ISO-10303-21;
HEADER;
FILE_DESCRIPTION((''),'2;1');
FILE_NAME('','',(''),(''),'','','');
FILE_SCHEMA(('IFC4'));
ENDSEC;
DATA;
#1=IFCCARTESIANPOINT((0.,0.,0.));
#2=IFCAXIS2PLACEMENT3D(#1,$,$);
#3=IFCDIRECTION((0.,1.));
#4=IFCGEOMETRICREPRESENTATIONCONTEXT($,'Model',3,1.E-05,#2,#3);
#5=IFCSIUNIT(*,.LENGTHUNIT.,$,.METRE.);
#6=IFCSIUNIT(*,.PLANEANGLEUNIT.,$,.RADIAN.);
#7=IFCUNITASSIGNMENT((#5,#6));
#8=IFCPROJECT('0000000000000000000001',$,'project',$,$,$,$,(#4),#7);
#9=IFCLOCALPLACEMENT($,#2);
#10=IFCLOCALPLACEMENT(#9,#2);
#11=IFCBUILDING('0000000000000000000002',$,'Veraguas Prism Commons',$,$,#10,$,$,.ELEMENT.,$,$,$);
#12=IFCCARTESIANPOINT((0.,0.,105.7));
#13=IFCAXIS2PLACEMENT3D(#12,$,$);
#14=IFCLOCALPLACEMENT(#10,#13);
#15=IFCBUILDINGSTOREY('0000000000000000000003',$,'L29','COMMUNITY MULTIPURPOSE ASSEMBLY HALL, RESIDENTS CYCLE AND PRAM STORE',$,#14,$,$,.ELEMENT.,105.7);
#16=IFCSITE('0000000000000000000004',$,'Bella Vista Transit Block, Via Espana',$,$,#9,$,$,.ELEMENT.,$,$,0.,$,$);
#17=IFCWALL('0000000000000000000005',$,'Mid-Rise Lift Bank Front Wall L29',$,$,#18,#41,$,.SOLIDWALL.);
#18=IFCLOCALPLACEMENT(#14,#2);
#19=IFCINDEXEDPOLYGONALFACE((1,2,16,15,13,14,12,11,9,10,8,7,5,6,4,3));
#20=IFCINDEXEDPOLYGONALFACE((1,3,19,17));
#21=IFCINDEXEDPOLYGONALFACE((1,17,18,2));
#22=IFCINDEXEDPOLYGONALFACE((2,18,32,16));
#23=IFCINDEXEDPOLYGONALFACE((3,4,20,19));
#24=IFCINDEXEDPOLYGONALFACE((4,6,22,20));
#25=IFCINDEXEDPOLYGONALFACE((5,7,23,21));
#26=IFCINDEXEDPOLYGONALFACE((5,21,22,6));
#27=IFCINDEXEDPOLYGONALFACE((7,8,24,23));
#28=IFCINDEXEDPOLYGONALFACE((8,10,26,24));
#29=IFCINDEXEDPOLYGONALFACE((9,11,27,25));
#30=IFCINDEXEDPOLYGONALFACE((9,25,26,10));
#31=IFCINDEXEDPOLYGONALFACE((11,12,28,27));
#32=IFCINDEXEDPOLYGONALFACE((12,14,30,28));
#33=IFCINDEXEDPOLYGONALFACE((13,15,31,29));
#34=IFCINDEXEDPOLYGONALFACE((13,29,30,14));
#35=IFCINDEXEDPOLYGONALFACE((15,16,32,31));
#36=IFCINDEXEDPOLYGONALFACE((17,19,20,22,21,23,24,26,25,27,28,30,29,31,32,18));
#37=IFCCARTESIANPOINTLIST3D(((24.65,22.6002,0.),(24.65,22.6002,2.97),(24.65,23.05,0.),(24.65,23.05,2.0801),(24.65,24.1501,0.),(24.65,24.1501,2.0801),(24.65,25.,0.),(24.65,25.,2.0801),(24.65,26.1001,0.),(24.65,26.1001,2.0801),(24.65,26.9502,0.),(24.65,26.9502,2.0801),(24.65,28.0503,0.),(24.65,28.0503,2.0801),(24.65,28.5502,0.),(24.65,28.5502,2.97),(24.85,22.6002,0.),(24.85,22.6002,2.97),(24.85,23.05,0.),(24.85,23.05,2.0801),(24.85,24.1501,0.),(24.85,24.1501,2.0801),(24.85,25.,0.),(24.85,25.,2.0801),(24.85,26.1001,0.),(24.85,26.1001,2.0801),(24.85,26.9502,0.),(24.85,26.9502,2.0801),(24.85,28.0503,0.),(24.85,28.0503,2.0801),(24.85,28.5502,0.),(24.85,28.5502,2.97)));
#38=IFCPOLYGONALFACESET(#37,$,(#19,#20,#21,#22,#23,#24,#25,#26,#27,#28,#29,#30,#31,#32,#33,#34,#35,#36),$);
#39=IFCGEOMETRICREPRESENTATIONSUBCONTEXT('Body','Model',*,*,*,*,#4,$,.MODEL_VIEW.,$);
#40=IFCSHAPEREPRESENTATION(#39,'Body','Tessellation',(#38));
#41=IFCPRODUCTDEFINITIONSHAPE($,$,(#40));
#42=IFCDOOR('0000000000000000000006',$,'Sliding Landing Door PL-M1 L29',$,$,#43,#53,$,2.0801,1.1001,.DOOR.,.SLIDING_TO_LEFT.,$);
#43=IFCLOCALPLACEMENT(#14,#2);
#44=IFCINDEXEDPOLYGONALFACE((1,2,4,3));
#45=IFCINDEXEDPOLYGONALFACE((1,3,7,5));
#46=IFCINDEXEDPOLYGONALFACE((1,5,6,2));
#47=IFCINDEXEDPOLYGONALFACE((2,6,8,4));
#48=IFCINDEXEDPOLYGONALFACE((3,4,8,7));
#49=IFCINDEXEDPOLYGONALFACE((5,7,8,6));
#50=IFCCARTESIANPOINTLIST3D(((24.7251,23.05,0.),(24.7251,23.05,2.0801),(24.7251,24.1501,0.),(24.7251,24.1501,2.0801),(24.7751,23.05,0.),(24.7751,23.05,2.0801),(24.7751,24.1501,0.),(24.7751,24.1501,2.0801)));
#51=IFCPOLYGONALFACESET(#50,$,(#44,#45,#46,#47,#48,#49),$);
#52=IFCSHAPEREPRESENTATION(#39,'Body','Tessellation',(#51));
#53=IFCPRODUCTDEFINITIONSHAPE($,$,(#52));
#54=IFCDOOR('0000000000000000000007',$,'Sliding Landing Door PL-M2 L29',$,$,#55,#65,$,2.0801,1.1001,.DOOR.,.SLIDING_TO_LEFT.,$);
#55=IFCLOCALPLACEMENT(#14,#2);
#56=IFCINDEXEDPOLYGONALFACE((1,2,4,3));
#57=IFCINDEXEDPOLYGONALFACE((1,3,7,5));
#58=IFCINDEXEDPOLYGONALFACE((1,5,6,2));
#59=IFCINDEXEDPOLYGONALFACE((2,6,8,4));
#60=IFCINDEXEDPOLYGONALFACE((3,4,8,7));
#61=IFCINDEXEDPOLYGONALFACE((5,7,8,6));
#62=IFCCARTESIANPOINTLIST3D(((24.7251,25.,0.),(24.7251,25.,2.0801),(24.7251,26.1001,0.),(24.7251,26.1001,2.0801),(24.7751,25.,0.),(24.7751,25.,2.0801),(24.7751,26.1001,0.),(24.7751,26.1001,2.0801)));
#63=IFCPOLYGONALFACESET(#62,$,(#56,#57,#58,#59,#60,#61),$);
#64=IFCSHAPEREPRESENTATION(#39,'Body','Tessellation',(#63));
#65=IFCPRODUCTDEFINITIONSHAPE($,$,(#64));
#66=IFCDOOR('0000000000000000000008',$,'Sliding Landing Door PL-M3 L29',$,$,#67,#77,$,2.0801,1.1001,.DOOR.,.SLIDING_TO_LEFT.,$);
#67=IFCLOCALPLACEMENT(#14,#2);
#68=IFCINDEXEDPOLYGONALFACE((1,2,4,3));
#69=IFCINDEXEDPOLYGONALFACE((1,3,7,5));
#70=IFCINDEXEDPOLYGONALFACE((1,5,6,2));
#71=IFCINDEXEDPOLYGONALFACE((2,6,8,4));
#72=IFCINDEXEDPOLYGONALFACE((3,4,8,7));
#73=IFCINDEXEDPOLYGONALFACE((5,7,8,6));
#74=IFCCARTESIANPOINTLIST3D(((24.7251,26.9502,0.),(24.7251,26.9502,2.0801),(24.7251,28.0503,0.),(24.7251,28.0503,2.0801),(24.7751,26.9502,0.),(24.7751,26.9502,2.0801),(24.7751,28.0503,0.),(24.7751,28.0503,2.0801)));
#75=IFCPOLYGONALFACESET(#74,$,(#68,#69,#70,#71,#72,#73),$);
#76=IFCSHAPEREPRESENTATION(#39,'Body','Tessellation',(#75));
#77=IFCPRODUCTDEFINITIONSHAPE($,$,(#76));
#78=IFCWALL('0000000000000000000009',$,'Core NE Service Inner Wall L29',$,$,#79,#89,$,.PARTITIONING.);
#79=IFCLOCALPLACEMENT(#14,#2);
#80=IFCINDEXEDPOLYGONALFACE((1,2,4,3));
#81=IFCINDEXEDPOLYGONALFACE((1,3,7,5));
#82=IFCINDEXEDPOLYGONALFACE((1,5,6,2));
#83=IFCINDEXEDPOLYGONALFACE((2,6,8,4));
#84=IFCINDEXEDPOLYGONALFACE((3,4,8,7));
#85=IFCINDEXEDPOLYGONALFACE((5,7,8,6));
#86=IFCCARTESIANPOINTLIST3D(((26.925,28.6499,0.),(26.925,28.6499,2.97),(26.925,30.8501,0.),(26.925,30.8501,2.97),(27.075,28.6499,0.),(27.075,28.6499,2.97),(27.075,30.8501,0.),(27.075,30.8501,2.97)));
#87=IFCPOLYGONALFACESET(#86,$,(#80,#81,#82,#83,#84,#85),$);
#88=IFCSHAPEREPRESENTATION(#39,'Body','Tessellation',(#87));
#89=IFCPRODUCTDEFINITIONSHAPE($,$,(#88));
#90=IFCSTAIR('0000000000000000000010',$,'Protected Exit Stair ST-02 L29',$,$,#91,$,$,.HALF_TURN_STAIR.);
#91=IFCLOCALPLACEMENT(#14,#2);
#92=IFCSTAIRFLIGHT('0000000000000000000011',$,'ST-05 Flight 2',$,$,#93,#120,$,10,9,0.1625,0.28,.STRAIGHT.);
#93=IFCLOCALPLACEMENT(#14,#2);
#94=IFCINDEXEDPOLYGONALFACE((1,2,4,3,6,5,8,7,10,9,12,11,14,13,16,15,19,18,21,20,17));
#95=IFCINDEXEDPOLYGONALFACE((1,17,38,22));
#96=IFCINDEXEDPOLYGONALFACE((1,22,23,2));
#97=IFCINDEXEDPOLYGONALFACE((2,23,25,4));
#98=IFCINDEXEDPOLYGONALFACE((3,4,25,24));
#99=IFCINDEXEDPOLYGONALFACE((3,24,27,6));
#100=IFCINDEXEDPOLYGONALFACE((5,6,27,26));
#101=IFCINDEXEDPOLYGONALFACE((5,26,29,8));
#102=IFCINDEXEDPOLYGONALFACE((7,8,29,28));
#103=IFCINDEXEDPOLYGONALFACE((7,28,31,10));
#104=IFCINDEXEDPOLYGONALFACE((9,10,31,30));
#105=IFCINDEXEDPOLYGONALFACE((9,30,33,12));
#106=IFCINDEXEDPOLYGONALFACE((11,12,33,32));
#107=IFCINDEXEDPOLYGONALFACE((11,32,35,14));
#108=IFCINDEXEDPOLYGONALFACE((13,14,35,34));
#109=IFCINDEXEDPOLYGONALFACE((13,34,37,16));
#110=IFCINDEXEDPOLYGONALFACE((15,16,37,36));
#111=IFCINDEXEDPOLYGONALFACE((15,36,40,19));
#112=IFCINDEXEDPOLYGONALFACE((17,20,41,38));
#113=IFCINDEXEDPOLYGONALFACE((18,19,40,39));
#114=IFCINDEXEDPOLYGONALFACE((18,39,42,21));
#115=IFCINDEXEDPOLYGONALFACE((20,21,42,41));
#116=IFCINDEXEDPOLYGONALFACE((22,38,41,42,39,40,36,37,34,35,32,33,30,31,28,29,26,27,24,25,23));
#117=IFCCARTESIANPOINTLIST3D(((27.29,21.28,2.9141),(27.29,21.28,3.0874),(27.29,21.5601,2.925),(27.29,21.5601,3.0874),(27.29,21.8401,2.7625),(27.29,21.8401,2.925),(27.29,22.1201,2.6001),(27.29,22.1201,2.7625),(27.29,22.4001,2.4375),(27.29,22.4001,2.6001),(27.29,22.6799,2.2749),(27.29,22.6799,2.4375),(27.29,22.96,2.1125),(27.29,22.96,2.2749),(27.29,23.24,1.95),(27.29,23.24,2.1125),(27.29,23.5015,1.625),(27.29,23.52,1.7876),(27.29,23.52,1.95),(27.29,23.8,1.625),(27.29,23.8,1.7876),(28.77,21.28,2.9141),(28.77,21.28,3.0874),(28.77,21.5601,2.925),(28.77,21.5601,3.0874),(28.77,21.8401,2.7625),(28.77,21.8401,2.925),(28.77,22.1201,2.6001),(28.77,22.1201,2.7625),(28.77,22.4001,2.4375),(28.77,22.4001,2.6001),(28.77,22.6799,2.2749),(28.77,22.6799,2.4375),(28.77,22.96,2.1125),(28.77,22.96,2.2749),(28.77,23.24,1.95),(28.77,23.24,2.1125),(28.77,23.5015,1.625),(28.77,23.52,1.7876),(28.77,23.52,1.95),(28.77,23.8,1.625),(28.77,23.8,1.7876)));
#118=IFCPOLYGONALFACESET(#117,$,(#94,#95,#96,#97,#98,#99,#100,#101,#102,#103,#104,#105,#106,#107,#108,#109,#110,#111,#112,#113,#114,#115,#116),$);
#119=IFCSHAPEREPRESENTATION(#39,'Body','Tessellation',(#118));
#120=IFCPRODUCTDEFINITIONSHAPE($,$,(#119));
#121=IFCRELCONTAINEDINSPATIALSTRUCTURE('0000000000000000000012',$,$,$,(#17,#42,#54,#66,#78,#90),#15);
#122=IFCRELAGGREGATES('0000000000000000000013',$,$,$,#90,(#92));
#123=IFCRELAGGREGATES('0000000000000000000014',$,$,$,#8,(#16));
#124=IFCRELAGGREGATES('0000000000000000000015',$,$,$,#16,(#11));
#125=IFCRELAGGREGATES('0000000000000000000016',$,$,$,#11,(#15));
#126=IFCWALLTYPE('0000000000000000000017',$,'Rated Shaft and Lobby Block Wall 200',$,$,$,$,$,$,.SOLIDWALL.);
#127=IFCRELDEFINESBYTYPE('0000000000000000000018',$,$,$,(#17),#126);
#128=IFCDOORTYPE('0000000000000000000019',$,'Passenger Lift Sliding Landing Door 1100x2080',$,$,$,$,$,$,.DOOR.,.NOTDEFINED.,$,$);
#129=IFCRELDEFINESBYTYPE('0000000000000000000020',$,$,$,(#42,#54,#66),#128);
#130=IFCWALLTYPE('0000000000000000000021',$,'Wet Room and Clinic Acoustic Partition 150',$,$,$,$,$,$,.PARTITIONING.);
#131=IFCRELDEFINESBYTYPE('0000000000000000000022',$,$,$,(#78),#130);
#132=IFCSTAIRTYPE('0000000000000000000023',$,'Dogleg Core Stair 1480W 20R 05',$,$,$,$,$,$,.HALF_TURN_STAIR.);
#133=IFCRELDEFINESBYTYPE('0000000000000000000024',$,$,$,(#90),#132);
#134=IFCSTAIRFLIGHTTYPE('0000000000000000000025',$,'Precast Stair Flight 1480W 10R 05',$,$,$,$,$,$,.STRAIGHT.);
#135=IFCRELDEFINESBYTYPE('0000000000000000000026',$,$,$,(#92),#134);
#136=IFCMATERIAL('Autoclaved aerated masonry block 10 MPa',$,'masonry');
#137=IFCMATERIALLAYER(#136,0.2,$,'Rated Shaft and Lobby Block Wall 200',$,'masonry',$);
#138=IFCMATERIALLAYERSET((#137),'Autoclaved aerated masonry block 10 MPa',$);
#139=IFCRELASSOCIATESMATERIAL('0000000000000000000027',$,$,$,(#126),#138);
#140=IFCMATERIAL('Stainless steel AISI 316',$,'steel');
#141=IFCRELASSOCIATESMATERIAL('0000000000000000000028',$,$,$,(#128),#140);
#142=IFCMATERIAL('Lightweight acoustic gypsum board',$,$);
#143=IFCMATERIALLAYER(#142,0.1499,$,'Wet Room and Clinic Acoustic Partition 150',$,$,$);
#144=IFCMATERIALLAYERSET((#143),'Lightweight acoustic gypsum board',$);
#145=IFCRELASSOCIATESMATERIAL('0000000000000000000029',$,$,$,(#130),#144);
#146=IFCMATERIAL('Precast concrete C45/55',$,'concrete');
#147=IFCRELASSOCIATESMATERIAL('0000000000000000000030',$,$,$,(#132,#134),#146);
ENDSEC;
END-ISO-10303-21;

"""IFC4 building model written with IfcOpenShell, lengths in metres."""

from ifc_helpers import new_model, si_unit, direction, frame, frame_2d, origin, place, context, subcontext, project, spatial, polyline, rectangle, outline, extrude, source, transform, mapped, material, layer, layer_set, type_object, element, fill, aggregate, save


model = new_model("IFC4")

# Units and contexts
model_context = context("Model", 3, precision=1e-05, world=origin(), true_north=direction((0.0, 1.0)))
body_context = subcontext(model_context, "Body", "Model", "MODEL_VIEW")
ifc_project = project(units=[si_unit("LENGTHUNIT", "METRE"), si_unit("PLANEANGLEUNIT", "RADIAN")], contexts=[model_context])

# Site, building, storey
site_placement = place(None, origin())
site = spatial("IfcSite", under=ifc_project, at=site_placement, Name="Bella Vista Transit Block, Via Espana", CompositionType="ELEMENT", RefElevation=0.0)
building_placement = place(site_placement, origin())
building = spatial("IfcBuilding", under=site, at=building_placement, Name="Veraguas Prism Commons", CompositionType="ELEMENT")
storey_placement = place(building_placement, frame((0.0, 0.0, 105.7)))
storey = spatial("IfcBuildingStorey", under=building, at=storey_placement, Name="L29", Description="COMMUNITY MULTIPURPOSE ASSEMBLY HALL, RESIDENTS CYCLE AND PRAM STORE", CompositionType="ELEMENT", Elevation=105.7)

# Shared definitions
ifc_material_1 = material(Name="Autoclaved aerated masonry block 10 MPa", Category="masonry")

# Shared definitions
ifc_material_2 = material(Name="Lightweight acoustic gypsum board")
ifc_layer_1 = layer(ifc_material_1, 0.2, Name="Rated Shaft and Lobby Block Wall 200", Category="masonry")
ifc_layer_set_1 = layer_set([ifc_layer_1], Name="Autoclaved aerated masonry block 10 MPa")
wall_type_1 = type_object("IfcWallType", Name="Rated Shaft and Lobby Block Wall 200", PredefinedType="SOLIDWALL", material=ifc_layer_set_1)

# Wall, openings, doors
wall_1_placement = place(storey_placement, frame((24.75, 22.6001, 0.0), z_axis=(0.0, 0.0, 1.0), x_axis=(0.0, 1.0, 0.0)))
wall_1 = element("IfcWall", 1, at=wall_1_placement, inside=storey, type_object=wall_type_1, Name="Mid-Rise Lift Bank Front Wall L29", PredefinedType="SOLIDWALL", context=body_context, shape_type="SweptSolid", body=[
    extrude(rectangle(XDim=5.95, YDim=0.2, at=frame_2d((2.9751, 0.0))), origin(), (0.0, 0.0, 1.0), 2.97),
])
opening_1_placement = place(wall_1_placement, frame((0.45, 0.0, 0.0)))
opening_1 = element("IfcOpeningElement", 2, at=opening_1_placement, cuts=wall_1, PredefinedType="OPENING", context=body_context, shape_type="SweptSolid", body=[
    extrude(rectangle(XDim=1.1001, YDim=2.0801, at=frame_2d((0.55, 1.04))), frame((0.0, 0.1099, 0.0), z_axis=(0.0, -1.0, 0.0), x_axis=(1.0, 0.0, 0.0)), (0.0, 0.0, 1.0), 0.22),
])
opening_2_placement = place(wall_1_placement, frame((2.3999, 0.0, 0.0)))
opening_2 = element("IfcOpeningElement", 3, at=opening_2_placement, cuts=wall_1, PredefinedType="OPENING", context=body_context, shape_type="SweptSolid", body=[
    extrude(rectangle(XDim=1.1001, YDim=2.0801, at=frame_2d((0.55, 1.04))), frame((0.0, 0.1099, 0.0), z_axis=(0.0, -1.0, 0.0), x_axis=(1.0, 0.0, 0.0)), (0.0, 0.0, 1.0), 0.22),
])
opening_3_placement = place(wall_1_placement, frame((4.3501, 0.0, 0.0)))
opening_3 = element("IfcOpeningElement", 4, at=opening_3_placement, cuts=wall_1, PredefinedType="OPENING", context=body_context, shape_type="SweptSolid", body=[
    extrude(rectangle(XDim=1.1001, YDim=2.0801, at=frame_2d((0.55, 1.04))), frame((0.0, 0.1099, 0.0), z_axis=(0.0, -1.0, 0.0), x_axis=(1.0, 0.0, 0.0)), (0.0, 0.0, 1.0), 0.22),
])
ifc_material_3 = material(Name="Stainless steel AISI 316", Category="steel")
door_type_1 = type_object("IfcDoorType", Name="Passenger Lift Sliding Landing Door 1100x2080", OperationType="NOTDEFINED", PredefinedType="DOOR", material=ifc_material_3)
shared_shape_1 = source(origin(), body_context, "Body", "SweptSolid", [
    extrude(rectangle(XDim=1.1001, YDim=2.0801, at=frame_2d((0.55, 1.04))), frame((0.0, 0.0249, 0.0), z_axis=(0.0, -1.0, 0.0), x_axis=(1.0, 0.0, 0.0)), (0.0, 0.0, 1.0), 0.05),
])
door_1_placement = place(opening_1_placement, origin())
door_1 = element("IfcDoor", 5, at=door_1_placement, inside=storey, type_object=door_type_1, Name="Sliding Landing Door PL-M1 L29", OperationType="SLIDING_TO_LEFT", OverallHeight=2.0801, OverallWidth=1.1001, PredefinedType="DOOR", context=body_context, shape_type="MappedRepresentation", body=[
    mapped(shared_shape_1, transform((0.0, 0.0, 0.0), scale=1.0)),
])
fill(opening_1, door_1)
door_2_placement = place(opening_2_placement, origin())
door_2 = element("IfcDoor", 6, at=door_2_placement, inside=storey, type_object=door_type_1, Name="Sliding Landing Door PL-M2 L29", OperationType="SLIDING_TO_LEFT", OverallHeight=2.0801, OverallWidth=1.1001, PredefinedType="DOOR", context=body_context, shape_type="MappedRepresentation", body=[
    mapped(shared_shape_1, transform((0.0, 0.0, 0.0), scale=1.0)),
])
fill(opening_2, door_2)
door_3_placement = place(opening_3_placement, origin())
door_3 = element("IfcDoor", 7, at=door_3_placement, inside=storey, type_object=door_type_1, Name="Sliding Landing Door PL-M3 L29", OperationType="SLIDING_TO_LEFT", OverallHeight=2.0801, OverallWidth=1.1001, PredefinedType="DOOR", context=body_context, shape_type="MappedRepresentation", body=[
    mapped(shared_shape_1, transform((0.0, 0.0, 0.0), scale=1.0)),
])
fill(opening_3, door_3)

# Wall
ifc_layer_2 = layer(ifc_material_2, 0.1499, Name="Wet Room and Clinic Acoustic Partition 150")
ifc_layer_set_2 = layer_set([ifc_layer_2], Name="Lightweight acoustic gypsum board")
wall_type_2 = type_object("IfcWallType", Name="Wet Room and Clinic Acoustic Partition 150", PredefinedType="PARTITIONING", material=ifc_layer_set_2)
wall_2_placement = place(storey_placement, frame((27.0, 28.6499, 0.0), z_axis=(0.0, 0.0, 1.0), x_axis=(0.0, 1.0, 0.0)))
element("IfcWall", 8, at=wall_2_placement, inside=storey, type_object=wall_type_2, Name="Core NE Service Inner Wall L29", PredefinedType="PARTITIONING", context=body_context, shape_type="SweptSolid", body=[
    extrude(rectangle(XDim=2.2002, YDim=0.1499, at=frame_2d((1.1001, 0.0))), origin(), (0.0, 0.0, 1.0), 2.97),
])

# Stair, stair flight
ifc_material_4 = material(Name="Precast concrete C45/55", Category="concrete")
stair_type = type_object("IfcStairType", Name="Dogleg Core Stair 1480W 20R 05", PredefinedType="HALF_TURN_STAIR", material=ifc_material_4)
stair_placement = place(storey_placement, origin())
stair = element("IfcStair", 9, at=stair_placement, inside=storey, type_object=stair_type, Name="Protected Exit Stair ST-02 L29", PredefinedType="HALF_TURN_STAIR")
stair_flight_type = type_object("IfcStairFlightType", Name="Precast Stair Flight 1480W 10R 05", PredefinedType="STRAIGHT", material=ifc_material_4)
stair_flight_placement = place(storey_placement, frame((28.03, 23.8, 1.625), z_axis=(0.0, 0.0, 1.0), x_axis=(0.0, -1.0, 0.0)))
stair_flight = element("IfcStairFlight", 10, at=stair_flight_placement, type_object=stair_flight_type, Name="ST-05 Flight 2", NumberOfRisers=10, NumberOfTreads=9, PredefinedType="STRAIGHT", RiserHeight=0.1625, TreadLength=0.28, context=body_context, shape_type="SweptSolid", body=[
    extrude(outline(polyline([(0.0, 0.0), (0.0, 0.1626), (0.28, 0.1626), (0.28, 0.325), (0.5601, 0.325), (0.5601, 0.4875), (0.8401, 0.4875), (0.8401, 0.6499), (1.1201, 0.6499), (1.1201, 0.8125), (1.3999, 0.8125), (1.3999, 0.9751), (1.6799, 0.9751), (1.6799, 1.1375), (1.96, 1.1375), (1.96, 1.3), (2.24, 1.3), (2.24, 1.4624), (2.52, 1.4624), (2.52, 1.625), (2.52, 1.2891), (0.2986, 0.0), (0.0, 0.0)])), frame((0.0, 0.74, 0.0), z_axis=(0.0, -1.0, 0.0), x_axis=(1.0, 0.0, 0.0)), (0.0, 0.0, 1.0), 1.48),
])
aggregate(stair, [stair_flight])

save(model, "model.ifc")
